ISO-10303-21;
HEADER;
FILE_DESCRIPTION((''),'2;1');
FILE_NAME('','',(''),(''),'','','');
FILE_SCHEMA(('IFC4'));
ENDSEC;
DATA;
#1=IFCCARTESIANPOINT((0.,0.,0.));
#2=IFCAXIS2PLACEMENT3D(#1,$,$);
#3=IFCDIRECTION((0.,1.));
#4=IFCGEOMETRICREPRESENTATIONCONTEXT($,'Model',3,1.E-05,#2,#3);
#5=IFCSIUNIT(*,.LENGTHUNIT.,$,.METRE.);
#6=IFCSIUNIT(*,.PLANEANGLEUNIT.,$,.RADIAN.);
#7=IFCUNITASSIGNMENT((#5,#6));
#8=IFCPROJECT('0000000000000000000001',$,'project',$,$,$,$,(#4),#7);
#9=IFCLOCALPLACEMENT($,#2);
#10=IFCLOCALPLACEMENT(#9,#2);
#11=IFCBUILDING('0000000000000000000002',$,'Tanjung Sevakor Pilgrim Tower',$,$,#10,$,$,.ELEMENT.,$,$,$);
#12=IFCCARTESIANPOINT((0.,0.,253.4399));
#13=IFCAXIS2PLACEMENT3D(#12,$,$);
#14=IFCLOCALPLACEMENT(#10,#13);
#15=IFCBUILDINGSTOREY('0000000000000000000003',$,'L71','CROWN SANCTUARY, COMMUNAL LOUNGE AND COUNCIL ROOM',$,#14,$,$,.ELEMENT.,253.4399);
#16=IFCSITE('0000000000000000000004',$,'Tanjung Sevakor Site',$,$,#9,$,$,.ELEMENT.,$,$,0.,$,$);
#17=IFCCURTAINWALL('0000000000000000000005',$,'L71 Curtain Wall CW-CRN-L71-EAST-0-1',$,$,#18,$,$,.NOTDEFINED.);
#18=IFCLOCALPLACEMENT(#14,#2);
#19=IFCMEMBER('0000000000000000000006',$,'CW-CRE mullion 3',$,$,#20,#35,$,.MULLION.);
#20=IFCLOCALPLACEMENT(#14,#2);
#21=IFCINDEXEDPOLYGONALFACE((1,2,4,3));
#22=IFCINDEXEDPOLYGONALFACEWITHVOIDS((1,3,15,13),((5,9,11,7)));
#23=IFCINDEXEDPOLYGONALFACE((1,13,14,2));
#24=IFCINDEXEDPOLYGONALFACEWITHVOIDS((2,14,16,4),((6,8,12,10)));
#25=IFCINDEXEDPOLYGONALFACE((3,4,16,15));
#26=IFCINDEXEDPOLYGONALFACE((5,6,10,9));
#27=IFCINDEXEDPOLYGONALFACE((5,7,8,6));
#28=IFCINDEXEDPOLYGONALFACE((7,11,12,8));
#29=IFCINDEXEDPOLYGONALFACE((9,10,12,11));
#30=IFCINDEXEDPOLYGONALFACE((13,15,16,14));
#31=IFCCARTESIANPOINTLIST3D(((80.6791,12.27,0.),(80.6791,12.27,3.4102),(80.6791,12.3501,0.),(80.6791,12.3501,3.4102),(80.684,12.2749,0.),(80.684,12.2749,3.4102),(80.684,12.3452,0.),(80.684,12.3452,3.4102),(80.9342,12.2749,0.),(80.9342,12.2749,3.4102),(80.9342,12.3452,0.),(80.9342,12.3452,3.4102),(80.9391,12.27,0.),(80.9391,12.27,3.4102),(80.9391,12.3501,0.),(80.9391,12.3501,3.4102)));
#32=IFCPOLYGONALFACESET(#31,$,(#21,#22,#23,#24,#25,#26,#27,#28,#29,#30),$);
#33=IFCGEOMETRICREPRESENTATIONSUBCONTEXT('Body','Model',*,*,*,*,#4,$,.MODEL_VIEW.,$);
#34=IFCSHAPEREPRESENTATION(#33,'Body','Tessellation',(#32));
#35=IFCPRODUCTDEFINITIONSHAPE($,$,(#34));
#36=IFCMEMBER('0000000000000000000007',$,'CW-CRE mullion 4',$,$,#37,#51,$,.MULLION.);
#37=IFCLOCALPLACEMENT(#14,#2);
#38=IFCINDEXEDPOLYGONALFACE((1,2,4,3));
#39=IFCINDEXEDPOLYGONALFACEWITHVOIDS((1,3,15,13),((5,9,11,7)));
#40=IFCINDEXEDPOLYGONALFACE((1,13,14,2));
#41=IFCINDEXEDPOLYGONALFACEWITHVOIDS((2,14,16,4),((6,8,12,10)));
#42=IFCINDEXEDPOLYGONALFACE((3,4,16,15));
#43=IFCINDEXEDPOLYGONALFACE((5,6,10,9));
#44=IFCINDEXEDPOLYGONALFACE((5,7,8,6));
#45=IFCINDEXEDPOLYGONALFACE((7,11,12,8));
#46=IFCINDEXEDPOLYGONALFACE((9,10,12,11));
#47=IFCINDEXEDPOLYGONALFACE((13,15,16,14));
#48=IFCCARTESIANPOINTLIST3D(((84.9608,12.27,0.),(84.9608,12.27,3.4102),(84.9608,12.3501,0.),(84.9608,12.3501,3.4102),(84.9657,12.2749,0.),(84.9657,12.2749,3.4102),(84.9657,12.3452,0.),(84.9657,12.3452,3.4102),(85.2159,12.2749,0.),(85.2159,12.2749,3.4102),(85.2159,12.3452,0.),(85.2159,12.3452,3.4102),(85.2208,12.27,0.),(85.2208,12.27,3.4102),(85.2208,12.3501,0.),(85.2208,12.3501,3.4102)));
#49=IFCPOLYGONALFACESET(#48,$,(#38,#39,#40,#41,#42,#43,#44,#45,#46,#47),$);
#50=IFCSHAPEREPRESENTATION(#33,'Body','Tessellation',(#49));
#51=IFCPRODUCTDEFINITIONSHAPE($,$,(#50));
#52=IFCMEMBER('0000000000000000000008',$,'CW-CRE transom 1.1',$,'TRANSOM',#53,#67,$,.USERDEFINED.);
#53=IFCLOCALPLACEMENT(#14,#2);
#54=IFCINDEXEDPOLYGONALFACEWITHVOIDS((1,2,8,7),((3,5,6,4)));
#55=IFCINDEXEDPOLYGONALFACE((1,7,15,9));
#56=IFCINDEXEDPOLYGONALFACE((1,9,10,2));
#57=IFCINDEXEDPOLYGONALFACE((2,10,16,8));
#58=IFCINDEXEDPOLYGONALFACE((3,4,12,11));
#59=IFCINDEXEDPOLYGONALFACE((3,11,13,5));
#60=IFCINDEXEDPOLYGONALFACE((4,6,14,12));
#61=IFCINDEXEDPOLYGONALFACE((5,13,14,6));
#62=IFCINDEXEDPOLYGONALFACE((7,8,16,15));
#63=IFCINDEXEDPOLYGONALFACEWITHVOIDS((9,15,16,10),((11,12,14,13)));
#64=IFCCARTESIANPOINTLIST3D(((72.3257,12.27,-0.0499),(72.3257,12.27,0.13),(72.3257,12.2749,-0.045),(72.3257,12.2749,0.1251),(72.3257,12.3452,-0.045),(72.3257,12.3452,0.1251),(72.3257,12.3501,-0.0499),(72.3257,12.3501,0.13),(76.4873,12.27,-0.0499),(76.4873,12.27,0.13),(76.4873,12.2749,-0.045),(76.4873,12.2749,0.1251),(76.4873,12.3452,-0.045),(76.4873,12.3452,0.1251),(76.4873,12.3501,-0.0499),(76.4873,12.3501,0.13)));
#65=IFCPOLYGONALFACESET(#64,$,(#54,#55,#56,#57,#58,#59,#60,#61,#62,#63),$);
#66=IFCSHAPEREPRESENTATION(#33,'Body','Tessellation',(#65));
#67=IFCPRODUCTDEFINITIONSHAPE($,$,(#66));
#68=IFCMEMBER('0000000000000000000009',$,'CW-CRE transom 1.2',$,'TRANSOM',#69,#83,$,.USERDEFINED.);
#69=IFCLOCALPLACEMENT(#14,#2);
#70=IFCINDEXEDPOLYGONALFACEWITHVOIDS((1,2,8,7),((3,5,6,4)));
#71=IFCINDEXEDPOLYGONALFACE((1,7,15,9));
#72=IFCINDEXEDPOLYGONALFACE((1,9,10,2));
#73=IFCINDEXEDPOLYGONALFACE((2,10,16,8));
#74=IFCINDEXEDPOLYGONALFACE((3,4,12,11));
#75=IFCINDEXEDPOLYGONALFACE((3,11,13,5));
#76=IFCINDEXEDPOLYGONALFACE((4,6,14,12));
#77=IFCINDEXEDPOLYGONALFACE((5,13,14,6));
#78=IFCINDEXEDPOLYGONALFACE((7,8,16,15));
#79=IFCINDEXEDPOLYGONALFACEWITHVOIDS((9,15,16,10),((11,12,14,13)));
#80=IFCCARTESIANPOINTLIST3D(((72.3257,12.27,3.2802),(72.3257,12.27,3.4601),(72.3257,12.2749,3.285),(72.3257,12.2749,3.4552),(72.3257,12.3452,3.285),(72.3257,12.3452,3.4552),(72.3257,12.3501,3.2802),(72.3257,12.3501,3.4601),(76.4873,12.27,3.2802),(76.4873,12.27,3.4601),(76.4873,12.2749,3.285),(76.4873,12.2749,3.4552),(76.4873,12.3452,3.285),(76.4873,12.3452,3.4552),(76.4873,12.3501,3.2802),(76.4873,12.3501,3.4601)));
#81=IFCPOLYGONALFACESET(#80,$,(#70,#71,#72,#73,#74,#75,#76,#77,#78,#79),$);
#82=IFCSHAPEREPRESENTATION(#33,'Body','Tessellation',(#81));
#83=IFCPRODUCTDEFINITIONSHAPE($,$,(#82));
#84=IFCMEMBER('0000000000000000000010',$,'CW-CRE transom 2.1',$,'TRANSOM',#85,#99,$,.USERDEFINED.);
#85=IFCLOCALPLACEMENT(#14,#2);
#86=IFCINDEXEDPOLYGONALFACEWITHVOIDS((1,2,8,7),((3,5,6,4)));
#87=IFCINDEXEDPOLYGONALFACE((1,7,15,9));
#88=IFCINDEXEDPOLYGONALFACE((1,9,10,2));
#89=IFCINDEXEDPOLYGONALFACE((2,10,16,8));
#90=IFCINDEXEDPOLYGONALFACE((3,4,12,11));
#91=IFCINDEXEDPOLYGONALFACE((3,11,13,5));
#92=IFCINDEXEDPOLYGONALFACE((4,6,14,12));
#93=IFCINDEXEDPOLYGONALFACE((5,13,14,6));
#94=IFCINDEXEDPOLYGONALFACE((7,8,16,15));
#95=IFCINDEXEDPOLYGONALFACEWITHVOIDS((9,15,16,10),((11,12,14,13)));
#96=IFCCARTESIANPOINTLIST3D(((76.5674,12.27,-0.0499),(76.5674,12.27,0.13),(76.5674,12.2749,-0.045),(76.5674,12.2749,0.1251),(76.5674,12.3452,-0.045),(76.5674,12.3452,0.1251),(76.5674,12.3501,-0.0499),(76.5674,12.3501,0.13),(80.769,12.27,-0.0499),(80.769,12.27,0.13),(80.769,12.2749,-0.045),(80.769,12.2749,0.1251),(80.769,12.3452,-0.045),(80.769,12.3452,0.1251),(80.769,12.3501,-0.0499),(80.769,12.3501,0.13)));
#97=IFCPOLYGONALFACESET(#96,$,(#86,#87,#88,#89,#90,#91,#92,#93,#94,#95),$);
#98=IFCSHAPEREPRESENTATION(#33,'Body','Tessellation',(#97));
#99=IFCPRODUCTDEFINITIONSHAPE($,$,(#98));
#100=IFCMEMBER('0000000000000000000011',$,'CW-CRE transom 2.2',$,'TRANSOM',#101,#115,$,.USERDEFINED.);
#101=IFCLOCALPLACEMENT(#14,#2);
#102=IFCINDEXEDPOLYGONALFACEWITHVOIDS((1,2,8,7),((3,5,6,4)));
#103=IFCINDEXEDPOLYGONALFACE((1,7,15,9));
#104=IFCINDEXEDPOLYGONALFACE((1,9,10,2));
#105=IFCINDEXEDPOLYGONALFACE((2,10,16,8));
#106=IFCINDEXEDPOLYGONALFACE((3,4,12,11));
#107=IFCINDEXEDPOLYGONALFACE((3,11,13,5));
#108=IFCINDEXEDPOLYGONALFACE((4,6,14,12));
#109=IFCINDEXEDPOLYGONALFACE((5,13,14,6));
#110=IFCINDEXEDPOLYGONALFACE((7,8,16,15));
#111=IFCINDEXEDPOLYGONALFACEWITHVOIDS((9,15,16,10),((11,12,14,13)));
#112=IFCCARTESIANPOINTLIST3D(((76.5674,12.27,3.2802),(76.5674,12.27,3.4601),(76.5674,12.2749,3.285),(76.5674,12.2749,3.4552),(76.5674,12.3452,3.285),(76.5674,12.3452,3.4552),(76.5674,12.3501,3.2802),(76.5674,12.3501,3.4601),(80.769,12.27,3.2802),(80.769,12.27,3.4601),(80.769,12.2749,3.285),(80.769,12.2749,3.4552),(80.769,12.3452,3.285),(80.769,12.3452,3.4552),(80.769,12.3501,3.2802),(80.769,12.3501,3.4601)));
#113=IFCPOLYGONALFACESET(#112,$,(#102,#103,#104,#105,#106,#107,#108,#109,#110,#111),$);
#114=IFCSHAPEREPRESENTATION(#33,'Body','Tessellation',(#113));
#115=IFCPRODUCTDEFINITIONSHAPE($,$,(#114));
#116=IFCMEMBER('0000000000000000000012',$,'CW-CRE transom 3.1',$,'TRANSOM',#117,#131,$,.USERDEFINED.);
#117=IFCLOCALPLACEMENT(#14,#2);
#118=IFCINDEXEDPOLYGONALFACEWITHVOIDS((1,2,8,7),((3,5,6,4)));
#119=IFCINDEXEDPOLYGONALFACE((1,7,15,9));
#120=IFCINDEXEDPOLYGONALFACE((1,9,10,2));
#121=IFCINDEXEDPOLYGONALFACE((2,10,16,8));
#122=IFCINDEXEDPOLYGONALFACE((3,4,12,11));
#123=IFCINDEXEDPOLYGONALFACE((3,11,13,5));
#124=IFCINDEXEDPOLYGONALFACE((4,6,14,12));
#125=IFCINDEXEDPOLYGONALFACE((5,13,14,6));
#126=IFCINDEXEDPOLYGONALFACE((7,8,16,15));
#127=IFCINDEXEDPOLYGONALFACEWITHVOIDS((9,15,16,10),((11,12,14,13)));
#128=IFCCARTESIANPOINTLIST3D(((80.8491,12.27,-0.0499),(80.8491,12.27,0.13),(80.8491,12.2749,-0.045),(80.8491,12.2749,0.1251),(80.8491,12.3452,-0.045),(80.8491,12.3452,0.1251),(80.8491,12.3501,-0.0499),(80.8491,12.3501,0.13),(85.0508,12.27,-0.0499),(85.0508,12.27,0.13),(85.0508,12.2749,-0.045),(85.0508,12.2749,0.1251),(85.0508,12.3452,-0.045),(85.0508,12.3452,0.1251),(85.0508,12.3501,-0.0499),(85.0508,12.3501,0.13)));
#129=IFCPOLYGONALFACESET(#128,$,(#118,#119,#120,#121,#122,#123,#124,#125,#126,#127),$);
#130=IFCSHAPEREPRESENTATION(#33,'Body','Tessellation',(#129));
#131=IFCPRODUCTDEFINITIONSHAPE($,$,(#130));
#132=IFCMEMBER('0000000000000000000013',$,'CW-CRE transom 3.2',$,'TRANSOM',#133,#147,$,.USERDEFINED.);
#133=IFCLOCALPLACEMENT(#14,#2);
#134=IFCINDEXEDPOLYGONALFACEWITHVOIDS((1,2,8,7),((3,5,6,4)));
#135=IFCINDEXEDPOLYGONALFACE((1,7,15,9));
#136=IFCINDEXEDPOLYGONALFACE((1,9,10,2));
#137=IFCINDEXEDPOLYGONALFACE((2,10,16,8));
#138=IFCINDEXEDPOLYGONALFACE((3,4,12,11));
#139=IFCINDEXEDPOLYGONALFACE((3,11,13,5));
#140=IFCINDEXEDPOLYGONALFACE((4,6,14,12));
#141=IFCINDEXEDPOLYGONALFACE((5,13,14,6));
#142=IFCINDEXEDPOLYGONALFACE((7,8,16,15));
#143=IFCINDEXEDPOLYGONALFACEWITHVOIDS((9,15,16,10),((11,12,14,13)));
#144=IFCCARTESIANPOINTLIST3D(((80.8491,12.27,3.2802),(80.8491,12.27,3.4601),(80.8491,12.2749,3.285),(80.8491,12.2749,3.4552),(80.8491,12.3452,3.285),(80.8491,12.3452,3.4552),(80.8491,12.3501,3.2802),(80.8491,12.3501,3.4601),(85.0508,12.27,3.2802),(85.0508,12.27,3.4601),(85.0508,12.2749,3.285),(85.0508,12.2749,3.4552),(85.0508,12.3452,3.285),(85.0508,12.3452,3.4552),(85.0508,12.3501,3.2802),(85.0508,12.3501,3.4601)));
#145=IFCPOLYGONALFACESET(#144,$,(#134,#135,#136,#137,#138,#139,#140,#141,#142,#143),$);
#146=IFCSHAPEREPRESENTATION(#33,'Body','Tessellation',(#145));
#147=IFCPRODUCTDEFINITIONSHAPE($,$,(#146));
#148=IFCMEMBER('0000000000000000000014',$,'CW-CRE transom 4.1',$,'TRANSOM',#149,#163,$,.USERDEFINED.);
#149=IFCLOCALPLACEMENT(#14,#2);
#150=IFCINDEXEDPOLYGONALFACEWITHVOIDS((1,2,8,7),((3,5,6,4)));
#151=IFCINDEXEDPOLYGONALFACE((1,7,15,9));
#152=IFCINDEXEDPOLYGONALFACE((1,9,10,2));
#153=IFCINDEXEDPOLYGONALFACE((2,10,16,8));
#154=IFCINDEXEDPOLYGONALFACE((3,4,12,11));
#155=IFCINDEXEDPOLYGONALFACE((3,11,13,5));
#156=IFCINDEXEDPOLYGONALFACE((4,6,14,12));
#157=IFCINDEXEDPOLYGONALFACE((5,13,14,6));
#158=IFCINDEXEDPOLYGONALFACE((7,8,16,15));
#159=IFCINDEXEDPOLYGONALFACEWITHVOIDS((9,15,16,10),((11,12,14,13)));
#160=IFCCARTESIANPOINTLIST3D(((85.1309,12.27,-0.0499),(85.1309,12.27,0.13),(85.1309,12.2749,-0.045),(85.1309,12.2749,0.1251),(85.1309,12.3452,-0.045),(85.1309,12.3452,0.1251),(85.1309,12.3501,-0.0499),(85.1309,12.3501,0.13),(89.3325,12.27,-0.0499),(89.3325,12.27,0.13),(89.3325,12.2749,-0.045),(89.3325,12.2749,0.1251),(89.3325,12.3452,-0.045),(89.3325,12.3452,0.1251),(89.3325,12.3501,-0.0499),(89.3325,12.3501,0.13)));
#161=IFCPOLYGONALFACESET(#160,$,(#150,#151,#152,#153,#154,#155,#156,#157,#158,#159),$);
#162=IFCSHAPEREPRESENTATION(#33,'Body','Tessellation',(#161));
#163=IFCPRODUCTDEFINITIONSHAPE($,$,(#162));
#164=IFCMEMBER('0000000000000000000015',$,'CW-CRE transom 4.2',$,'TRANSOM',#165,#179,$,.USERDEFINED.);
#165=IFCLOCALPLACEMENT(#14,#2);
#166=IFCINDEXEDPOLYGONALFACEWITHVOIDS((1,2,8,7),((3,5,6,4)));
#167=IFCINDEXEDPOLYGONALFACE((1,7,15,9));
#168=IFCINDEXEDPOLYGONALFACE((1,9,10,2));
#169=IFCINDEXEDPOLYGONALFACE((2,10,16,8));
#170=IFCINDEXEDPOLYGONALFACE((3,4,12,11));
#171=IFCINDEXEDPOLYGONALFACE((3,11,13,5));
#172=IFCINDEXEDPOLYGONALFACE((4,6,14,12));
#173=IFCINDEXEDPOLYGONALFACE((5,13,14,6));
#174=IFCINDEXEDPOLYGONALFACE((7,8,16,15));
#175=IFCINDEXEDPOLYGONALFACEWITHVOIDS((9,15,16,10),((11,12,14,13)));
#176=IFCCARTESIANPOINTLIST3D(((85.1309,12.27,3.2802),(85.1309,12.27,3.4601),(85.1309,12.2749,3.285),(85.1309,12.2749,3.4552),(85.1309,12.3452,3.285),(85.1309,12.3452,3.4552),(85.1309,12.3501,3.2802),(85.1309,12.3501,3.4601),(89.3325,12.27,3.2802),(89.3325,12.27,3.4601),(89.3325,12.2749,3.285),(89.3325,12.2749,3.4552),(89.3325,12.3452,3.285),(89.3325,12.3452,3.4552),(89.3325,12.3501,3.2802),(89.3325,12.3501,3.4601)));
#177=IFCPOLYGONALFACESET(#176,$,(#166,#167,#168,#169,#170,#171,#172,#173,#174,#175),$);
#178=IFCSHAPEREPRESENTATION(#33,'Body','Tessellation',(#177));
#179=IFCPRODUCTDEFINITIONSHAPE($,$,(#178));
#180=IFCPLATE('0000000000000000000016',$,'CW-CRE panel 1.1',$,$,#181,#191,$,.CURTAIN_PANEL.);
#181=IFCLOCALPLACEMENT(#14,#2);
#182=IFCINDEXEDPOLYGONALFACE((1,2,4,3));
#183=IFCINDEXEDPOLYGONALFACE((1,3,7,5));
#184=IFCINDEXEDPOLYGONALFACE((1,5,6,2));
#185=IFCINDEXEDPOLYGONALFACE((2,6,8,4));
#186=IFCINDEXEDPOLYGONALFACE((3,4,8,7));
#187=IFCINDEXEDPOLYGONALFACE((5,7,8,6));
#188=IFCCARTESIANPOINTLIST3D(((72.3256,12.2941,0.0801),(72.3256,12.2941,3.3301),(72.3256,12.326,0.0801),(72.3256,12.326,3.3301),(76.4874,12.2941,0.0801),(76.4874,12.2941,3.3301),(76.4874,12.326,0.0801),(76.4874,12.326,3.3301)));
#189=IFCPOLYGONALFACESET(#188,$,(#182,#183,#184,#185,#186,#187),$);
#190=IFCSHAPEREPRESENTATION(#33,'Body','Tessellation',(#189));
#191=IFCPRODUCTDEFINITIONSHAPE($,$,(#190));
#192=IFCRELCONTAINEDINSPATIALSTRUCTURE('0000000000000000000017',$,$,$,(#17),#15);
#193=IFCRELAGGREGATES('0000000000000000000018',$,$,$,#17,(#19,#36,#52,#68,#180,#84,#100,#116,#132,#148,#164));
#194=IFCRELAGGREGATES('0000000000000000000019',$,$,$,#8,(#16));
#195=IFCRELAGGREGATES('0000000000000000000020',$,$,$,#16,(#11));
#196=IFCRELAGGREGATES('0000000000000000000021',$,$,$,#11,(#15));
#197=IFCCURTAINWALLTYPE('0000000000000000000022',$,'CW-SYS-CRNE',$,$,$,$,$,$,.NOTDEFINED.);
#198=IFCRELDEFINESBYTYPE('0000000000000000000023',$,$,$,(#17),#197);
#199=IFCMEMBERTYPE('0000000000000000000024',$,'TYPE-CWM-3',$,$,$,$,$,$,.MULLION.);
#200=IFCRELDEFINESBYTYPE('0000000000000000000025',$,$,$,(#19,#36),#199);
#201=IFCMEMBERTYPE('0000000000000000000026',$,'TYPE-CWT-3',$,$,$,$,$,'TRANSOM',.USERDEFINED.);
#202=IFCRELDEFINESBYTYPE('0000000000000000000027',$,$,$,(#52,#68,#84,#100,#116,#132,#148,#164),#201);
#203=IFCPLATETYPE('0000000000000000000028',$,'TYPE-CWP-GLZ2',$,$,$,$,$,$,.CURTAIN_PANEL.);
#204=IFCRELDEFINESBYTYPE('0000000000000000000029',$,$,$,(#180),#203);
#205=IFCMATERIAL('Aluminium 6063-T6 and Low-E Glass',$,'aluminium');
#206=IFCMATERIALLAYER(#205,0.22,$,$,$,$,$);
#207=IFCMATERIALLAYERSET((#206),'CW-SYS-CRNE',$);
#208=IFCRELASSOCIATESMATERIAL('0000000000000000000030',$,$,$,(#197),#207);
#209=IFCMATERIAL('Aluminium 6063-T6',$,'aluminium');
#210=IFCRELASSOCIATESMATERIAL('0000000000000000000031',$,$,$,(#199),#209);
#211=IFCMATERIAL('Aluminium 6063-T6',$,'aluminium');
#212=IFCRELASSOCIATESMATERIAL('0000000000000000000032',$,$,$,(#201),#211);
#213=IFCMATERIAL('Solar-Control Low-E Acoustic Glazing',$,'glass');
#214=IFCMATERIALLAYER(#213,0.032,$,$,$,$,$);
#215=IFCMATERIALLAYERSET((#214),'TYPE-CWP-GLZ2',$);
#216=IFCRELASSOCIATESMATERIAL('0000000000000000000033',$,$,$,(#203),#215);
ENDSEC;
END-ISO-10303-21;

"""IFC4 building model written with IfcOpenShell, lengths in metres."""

from ifc_helpers import new_model, si_unit, direction, frame, origin, origin_2d, place, context, subcontext, project, spatial, rectangle, hollow_rectangle, extrude, material, layer, layer_set, material_profile, profile_set, type_object, element, aggregate, save


model = new_model("IFC4")

# Units and contexts
model_context = context("Model", 3, precision=1e-05, world=origin(), true_north=direction((0.0, 1.0)))
body_context = subcontext(model_context, "Body", "Model", "MODEL_VIEW")
ifc_project = project(units=[si_unit("LENGTHUNIT", "METRE"), si_unit("PLANEANGLEUNIT", "RADIAN")], contexts=[model_context])

# Site, building, storey
site_placement = place(None, origin())
site = spatial("IfcSite", under=ifc_project, at=site_placement, Name="Tanjung Sevakor Site", CompositionType="ELEMENT", RefElevation=0.0)
building_placement = place(site_placement, origin())
building = spatial("IfcBuilding", under=site, at=building_placement, Name="Tanjung Sevakor Pilgrim Tower", CompositionType="ELEMENT")
storey_placement = place(building_placement, frame((0.0, 0.0, 253.4399)))
storey = spatial("IfcBuildingStorey", under=building, at=storey_placement, Name="L71", Description="CROWN SANCTUARY, COMMUNAL LOUNGE AND COUNCIL ROOM", CompositionType="ELEMENT", Elevation=253.4399)

# Curtain wall, members, plate
ifc_material_1 = material(Name="Aluminium 6063-T6 and Low-E Glass", Category="aluminium")
ifc_layer_1 = layer(ifc_material_1, 0.22)
ifc_layer_set_1 = layer_set([ifc_layer_1], Name="CW-SYS-CRNE")
curtain_wall_type = type_object("IfcCurtainWallType", Name="CW-SYS-CRNE", PredefinedType="NOTDEFINED", material=ifc_layer_set_1)
curtain_wall_placement = place(storey_placement, origin())
curtain_wall = element("IfcCurtainWall", 1, at=curtain_wall_placement, inside=storey, type_object=curtain_wall_type, Name="L71 Curtain Wall CW-CRN-L71-EAST-0-1", PredefinedType="NOTDEFINED")
ifc_material_2 = material(Name="Aluminium 6063-T6", Category="aluminium")
ifc_material_profile_1 = material_profile(ifc_material_2, hollow_rectangle(XDim=0.0801, YDim=0.26, WallThickness=0.0049, at=origin_2d()))
ifc_profile_set_1 = profile_set([ifc_material_profile_1], Name="Aluminium 6063-T6")
member_type_1 = type_object("IfcMemberType", Name="TYPE-CWM-3", PredefinedType="MULLION", material=ifc_profile_set_1)
member_1_placement = place(storey_placement, frame((80.8091, 12.3101, 0.0), z_axis=(0.0, 0.0, 1.0), x_axis=(0.0, 1.0, 0.0)))
member_1 = element("IfcMember", 2, at=member_1_placement, type_object=member_type_1, Name="CW-CRE mullion 3", PredefinedType="MULLION", context=body_context, shape_type="SweptSolid", body=[
    extrude(hollow_rectangle(XDim=0.0801, YDim=0.26, WallThickness=0.0049, at=origin_2d()), origin(), (0.0, 0.0, 1.0), 3.4102),
])
member_2_placement = place(storey_placement, frame((85.0908, 12.3101, 0.0), z_axis=(0.0, 0.0, 1.0), x_axis=(0.0, 1.0, 0.0)))
member_2 = element("IfcMember", 3, at=member_2_placement, type_object=member_type_1, Name="CW-CRE mullion 4", PredefinedType="MULLION", context=body_context, shape_type="SweptSolid", body=[
    extrude(hollow_rectangle(XDim=0.0801, YDim=0.26, WallThickness=0.0049, at=origin_2d()), origin(), (0.0, 0.0, 1.0), 3.4102),
])
ifc_material_3 = material(Name="Aluminium 6063-T6", Category="aluminium")
ifc_material_profile_2 = material_profile(ifc_material_3, hollow_rectangle(XDim=0.0801, YDim=0.1799, WallThickness=0.0049, at=origin_2d()))
ifc_profile_set_2 = profile_set([ifc_material_profile_2], Name="Aluminium 6063-T6")
member_type_2 = type_object("IfcMemberType", Name="TYPE-CWT-3", ElementType="TRANSOM", PredefinedType="USERDEFINED", material=ifc_profile_set_2)
member_3_placement = place(storey_placement, frame((72.3257, 12.3101, 0.04), z_axis=(1.0, 0.0, 0.0), x_axis=(0.0, 1.0, 0.0)))
member_3 = element("IfcMember", 4, at=member_3_placement, type_object=member_type_2, Name="CW-CRE transom 1.1", ObjectType="TRANSOM", PredefinedType="USERDEFINED", context=body_context, shape_type="SweptSolid", body=[
    extrude(hollow_rectangle(XDim=0.0801, YDim=0.1799, WallThickness=0.0049, at=origin_2d()), origin(), (0.0, 0.0, 1.0), 4.1616),
])
member_4_placement = place(storey_placement, frame((72.3257, 12.3101, 3.3701), z_axis=(1.0, 0.0, 0.0), x_axis=(0.0, 1.0, 0.0)))
member_4 = element("IfcMember", 5, at=member_4_placement, type_object=member_type_2, Name="CW-CRE transom 1.2", ObjectType="TRANSOM", PredefinedType="USERDEFINED", context=body_context, shape_type="SweptSolid", body=[
    extrude(hollow_rectangle(XDim=0.0801, YDim=0.1799, WallThickness=0.0049, at=origin_2d()), origin(), (0.0, 0.0, 1.0), 4.1616),
])
member_5_placement = place(storey_placement, frame((76.5674, 12.3101, 0.04), z_axis=(1.0, 0.0, 0.0), x_axis=(0.0, 1.0, 0.0)))
member_5 = element("IfcMember", 6, at=member_5_placement, type_object=member_type_2, Name="CW-CRE transom 2.1", ObjectType="TRANSOM", PredefinedType="USERDEFINED", context=body_context, shape_type="SweptSolid", body=[
    extrude(hollow_rectangle(XDim=0.0801, YDim=0.1799, WallThickness=0.0049, at=origin_2d()), origin(), (0.0, 0.0, 1.0), 4.2017),
])
member_6_placement = place(storey_placement, frame((76.5674, 12.3101, 3.3701), z_axis=(1.0, 0.0, 0.0), x_axis=(0.0, 1.0, 0.0)))
member_6 = element("IfcMember", 7, at=member_6_placement, type_object=member_type_2, Name="CW-CRE transom 2.2", ObjectType="TRANSOM", PredefinedType="USERDEFINED", context=body_context, shape_type="SweptSolid", body=[
    extrude(hollow_rectangle(XDim=0.0801, YDim=0.1799, WallThickness=0.0049, at=origin_2d()), origin(), (0.0, 0.0, 1.0), 4.2017),
])
member_7_placement = place(storey_placement, frame((80.8491, 12.3101, 0.04), z_axis=(1.0, 0.0, 0.0), x_axis=(0.0, 1.0, 0.0)))
member_7 = element("IfcMember", 8, at=member_7_placement, type_object=member_type_2, Name="CW-CRE transom 3.1", ObjectType="TRANSOM", PredefinedType="USERDEFINED", context=body_context, shape_type="SweptSolid", body=[
    extrude(hollow_rectangle(XDim=0.0801, YDim=0.1799, WallThickness=0.0049, at=origin_2d()), origin(), (0.0, 0.0, 1.0), 4.2017),
])
member_8_placement = place(storey_placement, frame((80.8491, 12.3101, 3.3701), z_axis=(1.0, 0.0, 0.0), x_axis=(0.0, 1.0, 0.0)))
member_8 = element("IfcMember", 9, at=member_8_placement, type_object=member_type_2, Name="CW-CRE transom 3.2", ObjectType="TRANSOM", PredefinedType="USERDEFINED", context=body_context, shape_type="SweptSolid", body=[
    extrude(hollow_rectangle(XDim=0.0801, YDim=0.1799, WallThickness=0.0049, at=origin_2d()), origin(), (0.0, 0.0, 1.0), 4.2017),
])
member_9_placement = place(storey_placement, frame((85.1309, 12.3101, 0.04), z_axis=(1.0, 0.0, 0.0), x_axis=(0.0, 1.0, 0.0)))
member_9 = element("IfcMember", 10, at=member_9_placement, type_object=member_type_2, Name="CW-CRE transom 4.1", ObjectType="TRANSOM", PredefinedType="USERDEFINED", context=body_context, shape_type="SweptSolid", body=[
    extrude(hollow_rectangle(XDim=0.0801, YDim=0.1799, WallThickness=0.0049, at=origin_2d()), origin(), (0.0, 0.0, 1.0), 4.2017),
])
member_10_placement = place(storey_placement, frame((85.1309, 12.3101, 3.3701), z_axis=(1.0, 0.0, 0.0), x_axis=(0.0, 1.0, 0.0)))
member_10 = element("IfcMember", 11, at=member_10_placement, type_object=member_type_2, Name="CW-CRE transom 4.2", ObjectType="TRANSOM", PredefinedType="USERDEFINED", context=body_context, shape_type="SweptSolid", body=[
    extrude(hollow_rectangle(XDim=0.0801, YDim=0.1799, WallThickness=0.0049, at=origin_2d()), origin(), (0.0, 0.0, 1.0), 4.2017),
])
ifc_material_4 = material(Name="Solar-Control Low-E Acoustic Glazing", Category="glass")
ifc_layer_2 = layer(ifc_material_4, 0.032)
ifc_layer_set_2 = layer_set([ifc_layer_2], Name="TYPE-CWP-GLZ2")
plate_type = type_object("IfcPlateType", Name="TYPE-CWP-GLZ2", PredefinedType="CURTAIN_PANEL", material=ifc_layer_set_2)
plate_1_placement = place(storey_placement, frame((74.4065, 12.3101, 0.0801), z_axis=(0.0, 0.0, 1.0), x_axis=(1.0, 0.0, 0.0)))
plate_1 = element("IfcPlate", 12, at=plate_1_placement, type_object=plate_type, Name="CW-CRE panel 1.1", PredefinedType="CURTAIN_PANEL", context=body_context, shape_type="SweptSolid", body=[
    extrude(rectangle(XDim=4.1619, YDim=0.032, at=origin_2d()), origin(), (0.0, 0.0, 1.0), 3.25),
])
aggregate(curtain_wall, [member_1, member_2, member_3, member_4, plate_1, member_5, member_6, member_7, member_8, member_9, member_10])

save(model, "model.ifc")
